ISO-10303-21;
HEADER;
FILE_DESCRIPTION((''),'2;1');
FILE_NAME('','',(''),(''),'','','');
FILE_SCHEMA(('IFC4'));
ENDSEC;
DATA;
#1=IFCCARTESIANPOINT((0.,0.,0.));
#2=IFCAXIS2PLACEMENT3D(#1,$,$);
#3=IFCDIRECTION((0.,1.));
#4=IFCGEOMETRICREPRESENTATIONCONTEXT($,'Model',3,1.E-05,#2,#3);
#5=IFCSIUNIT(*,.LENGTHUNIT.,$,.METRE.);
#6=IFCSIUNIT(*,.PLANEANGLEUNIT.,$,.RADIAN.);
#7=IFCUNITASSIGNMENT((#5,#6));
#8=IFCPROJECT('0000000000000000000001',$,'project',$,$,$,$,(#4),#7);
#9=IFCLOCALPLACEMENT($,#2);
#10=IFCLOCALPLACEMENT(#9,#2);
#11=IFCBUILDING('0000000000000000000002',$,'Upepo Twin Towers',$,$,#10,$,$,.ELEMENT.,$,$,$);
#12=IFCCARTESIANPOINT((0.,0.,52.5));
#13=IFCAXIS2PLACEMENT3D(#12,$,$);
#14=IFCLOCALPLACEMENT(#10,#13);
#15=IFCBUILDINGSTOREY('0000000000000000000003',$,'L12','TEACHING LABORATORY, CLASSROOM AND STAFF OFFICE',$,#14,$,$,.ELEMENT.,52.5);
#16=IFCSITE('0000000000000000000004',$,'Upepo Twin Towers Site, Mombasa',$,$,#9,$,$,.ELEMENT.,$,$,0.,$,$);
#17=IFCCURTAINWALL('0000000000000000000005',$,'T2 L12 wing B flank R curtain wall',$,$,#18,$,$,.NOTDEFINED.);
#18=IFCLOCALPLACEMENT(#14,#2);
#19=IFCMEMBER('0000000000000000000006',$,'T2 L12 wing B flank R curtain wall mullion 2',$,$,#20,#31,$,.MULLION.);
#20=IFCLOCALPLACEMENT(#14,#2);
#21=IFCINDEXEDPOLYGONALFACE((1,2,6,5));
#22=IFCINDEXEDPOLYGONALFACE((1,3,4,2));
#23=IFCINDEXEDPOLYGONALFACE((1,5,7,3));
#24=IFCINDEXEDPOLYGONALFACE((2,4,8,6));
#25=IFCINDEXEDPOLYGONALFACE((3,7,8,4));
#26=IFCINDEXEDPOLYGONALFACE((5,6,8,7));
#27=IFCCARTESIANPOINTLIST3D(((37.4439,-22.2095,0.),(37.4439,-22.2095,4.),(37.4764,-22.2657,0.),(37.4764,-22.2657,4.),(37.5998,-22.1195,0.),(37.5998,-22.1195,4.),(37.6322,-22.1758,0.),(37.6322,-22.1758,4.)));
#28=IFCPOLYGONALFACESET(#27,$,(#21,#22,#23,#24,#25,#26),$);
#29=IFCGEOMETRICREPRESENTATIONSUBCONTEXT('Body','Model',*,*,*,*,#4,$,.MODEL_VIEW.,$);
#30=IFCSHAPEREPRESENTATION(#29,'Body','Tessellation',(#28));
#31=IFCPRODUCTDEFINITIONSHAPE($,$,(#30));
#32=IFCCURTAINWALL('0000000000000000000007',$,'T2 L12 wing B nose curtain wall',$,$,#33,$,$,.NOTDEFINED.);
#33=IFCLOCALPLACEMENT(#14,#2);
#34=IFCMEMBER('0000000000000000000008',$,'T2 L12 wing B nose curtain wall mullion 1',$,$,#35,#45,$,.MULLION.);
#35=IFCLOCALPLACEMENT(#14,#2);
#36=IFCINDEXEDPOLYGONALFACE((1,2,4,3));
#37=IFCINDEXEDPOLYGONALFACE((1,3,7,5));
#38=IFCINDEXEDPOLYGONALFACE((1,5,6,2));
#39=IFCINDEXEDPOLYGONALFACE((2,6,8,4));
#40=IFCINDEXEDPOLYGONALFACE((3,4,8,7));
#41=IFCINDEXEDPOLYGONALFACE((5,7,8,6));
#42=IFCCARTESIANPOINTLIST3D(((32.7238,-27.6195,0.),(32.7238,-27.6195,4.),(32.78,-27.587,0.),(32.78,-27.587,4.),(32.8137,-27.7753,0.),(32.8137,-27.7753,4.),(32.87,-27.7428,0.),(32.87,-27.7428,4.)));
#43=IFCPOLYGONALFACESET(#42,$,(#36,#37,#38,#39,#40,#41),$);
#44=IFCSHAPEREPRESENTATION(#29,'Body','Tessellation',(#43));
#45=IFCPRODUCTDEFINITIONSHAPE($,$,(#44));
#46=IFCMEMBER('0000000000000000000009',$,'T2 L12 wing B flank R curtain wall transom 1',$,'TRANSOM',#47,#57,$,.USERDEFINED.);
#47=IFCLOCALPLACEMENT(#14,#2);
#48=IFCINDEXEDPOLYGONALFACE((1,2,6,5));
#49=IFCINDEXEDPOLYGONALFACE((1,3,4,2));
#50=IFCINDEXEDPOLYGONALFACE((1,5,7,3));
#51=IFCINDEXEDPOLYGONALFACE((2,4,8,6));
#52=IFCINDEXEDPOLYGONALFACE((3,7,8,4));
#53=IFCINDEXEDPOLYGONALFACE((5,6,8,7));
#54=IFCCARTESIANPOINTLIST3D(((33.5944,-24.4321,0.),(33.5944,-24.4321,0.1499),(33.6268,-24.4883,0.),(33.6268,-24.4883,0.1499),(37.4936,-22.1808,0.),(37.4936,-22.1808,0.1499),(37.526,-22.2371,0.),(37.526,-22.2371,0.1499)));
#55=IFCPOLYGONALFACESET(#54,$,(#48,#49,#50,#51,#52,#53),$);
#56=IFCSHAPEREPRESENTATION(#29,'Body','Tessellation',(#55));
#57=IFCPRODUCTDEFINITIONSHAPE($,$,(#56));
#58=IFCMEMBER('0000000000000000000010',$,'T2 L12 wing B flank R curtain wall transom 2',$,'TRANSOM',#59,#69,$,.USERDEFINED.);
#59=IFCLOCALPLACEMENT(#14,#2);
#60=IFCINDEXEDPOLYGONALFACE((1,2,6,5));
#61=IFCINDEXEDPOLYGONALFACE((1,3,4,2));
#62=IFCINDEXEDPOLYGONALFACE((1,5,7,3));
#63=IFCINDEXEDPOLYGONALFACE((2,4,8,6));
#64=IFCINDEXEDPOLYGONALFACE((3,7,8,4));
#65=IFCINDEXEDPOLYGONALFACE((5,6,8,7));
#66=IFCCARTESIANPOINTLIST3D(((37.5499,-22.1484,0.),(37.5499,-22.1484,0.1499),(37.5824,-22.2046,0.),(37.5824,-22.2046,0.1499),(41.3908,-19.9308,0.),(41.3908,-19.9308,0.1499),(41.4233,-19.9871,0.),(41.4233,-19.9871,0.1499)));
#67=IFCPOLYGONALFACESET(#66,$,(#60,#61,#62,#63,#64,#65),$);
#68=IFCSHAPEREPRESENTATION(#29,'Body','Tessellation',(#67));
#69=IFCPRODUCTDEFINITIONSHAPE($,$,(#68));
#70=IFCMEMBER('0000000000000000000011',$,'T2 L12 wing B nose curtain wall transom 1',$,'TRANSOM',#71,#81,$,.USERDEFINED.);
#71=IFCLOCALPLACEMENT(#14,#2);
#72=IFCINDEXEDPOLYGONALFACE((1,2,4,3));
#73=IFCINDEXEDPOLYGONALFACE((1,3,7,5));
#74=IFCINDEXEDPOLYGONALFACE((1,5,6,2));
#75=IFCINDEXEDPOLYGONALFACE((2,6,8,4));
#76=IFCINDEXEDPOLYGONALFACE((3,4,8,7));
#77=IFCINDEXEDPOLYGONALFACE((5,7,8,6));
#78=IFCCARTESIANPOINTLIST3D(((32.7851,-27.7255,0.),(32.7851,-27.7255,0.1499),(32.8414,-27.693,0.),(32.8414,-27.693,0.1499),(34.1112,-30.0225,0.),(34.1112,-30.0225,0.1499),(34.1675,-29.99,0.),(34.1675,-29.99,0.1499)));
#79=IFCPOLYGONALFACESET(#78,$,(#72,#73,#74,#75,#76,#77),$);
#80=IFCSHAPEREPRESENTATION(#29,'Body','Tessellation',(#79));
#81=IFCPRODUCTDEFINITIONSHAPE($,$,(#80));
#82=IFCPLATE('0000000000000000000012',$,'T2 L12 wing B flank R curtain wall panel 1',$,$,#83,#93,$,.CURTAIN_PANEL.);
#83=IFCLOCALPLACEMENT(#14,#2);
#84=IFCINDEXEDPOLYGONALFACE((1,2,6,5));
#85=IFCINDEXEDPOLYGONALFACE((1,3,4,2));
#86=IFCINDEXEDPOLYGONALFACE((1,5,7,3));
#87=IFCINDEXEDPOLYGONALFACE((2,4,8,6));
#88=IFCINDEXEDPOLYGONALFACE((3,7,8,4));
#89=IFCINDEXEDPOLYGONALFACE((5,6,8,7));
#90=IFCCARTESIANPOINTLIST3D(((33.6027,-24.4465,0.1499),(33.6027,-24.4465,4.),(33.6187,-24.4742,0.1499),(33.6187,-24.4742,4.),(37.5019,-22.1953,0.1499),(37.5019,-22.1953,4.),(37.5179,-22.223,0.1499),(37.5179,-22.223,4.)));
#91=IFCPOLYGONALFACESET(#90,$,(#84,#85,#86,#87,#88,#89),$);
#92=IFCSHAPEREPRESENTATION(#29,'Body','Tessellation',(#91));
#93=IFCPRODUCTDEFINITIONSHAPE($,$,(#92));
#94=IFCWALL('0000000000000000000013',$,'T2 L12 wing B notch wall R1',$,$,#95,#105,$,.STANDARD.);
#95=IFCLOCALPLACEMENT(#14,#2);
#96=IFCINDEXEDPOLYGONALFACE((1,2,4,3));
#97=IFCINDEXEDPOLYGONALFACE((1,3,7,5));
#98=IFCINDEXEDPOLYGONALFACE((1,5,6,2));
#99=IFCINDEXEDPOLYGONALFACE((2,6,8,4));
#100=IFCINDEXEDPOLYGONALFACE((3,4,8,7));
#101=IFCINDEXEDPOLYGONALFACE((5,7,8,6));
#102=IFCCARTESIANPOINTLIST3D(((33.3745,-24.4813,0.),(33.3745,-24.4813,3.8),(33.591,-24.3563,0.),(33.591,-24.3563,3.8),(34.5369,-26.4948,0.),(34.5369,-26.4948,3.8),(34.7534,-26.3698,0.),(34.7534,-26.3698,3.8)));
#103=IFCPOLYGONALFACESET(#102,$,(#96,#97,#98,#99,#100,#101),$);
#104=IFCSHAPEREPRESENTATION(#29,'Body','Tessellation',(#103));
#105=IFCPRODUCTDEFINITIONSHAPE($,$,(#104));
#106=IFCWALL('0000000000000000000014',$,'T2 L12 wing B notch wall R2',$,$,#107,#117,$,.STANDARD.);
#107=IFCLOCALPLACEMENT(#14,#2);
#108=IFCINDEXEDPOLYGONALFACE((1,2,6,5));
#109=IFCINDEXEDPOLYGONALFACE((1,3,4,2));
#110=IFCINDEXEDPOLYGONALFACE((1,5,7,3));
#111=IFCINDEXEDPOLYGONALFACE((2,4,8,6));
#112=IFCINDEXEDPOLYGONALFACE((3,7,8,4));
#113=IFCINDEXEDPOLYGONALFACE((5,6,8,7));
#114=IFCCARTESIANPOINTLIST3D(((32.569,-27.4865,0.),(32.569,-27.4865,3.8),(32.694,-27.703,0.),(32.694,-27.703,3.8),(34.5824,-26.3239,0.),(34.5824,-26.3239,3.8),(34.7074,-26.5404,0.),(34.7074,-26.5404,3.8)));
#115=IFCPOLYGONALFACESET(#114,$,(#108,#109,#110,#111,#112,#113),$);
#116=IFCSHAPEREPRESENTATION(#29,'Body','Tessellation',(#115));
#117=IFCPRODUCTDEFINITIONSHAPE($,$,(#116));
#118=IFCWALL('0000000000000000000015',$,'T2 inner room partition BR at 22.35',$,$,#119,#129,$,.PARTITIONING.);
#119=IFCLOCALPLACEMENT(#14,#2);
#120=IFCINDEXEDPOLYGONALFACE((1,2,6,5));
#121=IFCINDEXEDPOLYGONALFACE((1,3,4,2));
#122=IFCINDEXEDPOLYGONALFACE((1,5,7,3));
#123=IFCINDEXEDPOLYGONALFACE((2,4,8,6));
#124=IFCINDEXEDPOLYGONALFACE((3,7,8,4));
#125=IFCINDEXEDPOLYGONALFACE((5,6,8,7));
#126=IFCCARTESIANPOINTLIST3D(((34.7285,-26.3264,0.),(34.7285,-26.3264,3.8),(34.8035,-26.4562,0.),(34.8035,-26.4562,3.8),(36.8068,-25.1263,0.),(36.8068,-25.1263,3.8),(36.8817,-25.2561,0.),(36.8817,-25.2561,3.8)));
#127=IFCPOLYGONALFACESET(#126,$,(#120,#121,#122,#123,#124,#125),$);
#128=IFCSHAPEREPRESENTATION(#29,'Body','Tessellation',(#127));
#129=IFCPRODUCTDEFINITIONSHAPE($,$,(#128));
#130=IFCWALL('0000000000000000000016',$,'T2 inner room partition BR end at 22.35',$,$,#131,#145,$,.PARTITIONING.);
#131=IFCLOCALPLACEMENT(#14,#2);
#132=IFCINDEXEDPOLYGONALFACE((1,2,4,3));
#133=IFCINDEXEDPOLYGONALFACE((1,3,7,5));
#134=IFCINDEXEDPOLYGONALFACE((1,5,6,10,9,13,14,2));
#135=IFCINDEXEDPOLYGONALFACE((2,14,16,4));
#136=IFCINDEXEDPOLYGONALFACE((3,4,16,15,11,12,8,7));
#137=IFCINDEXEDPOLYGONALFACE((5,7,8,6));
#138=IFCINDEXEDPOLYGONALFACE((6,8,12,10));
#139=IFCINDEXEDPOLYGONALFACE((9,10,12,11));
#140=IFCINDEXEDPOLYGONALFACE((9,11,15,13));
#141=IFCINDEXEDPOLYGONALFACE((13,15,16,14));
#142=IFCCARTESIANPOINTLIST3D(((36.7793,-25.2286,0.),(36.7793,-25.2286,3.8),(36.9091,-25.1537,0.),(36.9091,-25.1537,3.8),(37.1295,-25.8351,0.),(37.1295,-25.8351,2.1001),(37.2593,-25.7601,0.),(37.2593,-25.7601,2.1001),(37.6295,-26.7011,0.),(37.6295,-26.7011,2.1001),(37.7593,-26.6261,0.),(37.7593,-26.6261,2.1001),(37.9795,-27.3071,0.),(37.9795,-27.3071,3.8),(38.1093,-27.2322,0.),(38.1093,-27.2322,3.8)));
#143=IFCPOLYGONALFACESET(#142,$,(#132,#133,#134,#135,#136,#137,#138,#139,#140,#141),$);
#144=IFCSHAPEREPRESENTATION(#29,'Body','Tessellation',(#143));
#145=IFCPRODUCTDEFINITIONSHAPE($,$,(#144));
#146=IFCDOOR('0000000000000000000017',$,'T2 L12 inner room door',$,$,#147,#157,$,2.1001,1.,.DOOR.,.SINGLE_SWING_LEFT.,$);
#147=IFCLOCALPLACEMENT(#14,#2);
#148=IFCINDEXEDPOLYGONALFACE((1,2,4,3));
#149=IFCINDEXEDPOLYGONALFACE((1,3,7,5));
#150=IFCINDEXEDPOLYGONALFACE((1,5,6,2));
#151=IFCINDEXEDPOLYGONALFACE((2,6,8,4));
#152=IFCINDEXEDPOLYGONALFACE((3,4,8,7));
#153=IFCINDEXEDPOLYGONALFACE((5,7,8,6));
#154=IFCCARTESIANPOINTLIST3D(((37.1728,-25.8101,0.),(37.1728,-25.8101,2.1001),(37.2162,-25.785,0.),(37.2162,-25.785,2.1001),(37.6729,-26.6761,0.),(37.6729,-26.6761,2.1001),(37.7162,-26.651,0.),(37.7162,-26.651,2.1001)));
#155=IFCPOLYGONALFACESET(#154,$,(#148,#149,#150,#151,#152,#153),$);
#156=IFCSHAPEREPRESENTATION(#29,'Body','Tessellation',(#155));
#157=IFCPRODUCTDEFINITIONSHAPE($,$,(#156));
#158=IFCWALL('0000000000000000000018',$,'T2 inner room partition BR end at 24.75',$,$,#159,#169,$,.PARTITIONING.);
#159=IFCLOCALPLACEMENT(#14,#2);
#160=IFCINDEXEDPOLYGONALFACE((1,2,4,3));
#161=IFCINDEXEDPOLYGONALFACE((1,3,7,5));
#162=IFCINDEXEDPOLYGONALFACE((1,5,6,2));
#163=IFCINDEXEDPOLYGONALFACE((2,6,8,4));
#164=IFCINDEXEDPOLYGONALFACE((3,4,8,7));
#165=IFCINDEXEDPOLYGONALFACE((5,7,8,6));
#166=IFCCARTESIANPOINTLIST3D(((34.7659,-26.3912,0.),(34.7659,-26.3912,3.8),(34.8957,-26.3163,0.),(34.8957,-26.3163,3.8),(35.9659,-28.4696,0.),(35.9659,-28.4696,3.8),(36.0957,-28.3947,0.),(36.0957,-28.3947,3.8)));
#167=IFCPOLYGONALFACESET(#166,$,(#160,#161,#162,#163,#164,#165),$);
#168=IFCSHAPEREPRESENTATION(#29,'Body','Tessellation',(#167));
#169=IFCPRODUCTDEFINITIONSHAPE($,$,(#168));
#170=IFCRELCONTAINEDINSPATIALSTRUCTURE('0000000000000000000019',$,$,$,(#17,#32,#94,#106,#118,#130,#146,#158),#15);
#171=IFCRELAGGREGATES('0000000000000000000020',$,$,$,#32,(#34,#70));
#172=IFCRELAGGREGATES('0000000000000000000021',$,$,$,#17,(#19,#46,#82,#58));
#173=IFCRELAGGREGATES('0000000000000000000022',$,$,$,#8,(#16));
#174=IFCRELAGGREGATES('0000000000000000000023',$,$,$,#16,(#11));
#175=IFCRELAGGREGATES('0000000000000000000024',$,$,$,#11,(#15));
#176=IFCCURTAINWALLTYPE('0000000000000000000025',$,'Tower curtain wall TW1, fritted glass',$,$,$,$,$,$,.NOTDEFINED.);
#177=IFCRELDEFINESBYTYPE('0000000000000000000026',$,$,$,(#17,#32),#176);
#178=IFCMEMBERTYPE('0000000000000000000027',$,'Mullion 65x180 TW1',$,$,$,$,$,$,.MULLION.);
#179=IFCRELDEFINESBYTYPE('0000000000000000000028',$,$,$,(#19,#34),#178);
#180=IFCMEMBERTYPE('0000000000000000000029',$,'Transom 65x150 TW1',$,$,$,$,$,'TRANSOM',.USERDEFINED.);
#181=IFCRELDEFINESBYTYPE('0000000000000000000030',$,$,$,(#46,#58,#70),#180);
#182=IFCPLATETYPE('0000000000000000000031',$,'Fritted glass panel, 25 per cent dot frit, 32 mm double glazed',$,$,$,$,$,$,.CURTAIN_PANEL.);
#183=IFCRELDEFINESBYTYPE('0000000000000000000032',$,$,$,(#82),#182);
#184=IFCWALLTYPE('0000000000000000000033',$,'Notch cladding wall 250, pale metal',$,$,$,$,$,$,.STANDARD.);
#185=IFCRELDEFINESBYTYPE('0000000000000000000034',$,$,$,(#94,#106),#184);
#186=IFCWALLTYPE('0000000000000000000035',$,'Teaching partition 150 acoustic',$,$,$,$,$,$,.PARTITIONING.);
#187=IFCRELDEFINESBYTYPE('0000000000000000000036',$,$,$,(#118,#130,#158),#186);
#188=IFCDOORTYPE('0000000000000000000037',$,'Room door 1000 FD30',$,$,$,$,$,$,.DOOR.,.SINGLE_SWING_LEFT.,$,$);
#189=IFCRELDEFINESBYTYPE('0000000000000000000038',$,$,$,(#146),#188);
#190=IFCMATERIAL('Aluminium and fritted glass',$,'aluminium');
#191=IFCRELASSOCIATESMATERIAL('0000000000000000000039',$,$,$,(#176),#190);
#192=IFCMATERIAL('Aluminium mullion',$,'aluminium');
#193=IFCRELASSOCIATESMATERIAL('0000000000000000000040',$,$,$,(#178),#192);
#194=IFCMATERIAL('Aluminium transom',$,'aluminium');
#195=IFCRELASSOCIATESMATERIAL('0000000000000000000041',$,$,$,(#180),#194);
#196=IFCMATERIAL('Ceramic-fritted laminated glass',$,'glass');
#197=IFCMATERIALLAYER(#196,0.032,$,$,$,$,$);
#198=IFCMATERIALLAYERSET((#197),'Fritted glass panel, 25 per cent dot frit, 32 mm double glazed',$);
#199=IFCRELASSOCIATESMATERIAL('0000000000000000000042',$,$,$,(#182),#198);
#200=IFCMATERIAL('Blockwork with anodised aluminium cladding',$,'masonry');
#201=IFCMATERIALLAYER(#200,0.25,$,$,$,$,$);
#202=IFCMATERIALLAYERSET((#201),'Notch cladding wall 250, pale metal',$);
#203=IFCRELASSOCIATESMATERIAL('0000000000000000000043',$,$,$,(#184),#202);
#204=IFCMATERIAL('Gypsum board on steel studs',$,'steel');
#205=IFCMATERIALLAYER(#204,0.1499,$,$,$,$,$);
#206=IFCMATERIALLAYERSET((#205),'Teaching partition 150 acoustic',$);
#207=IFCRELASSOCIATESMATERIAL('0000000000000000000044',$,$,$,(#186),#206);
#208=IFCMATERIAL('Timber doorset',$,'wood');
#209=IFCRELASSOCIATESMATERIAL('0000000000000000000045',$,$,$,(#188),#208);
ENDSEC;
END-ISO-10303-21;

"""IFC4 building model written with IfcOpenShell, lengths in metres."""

from ifc_helpers import new_model, si_unit, direction, frame, frame_2d, origin, origin_2d, place, context, subcontext, project, spatial, rectangle, extrude, material, layer, layer_set, material_profile, profile_set, type_object, element, fill, aggregate, save


model = new_model("IFC4")

# Units and contexts
model_context = context("Model", 3, precision=1e-05, world=origin(), true_north=direction((0.0, 1.0)))
body_context = subcontext(model_context, "Body", "Model", "MODEL_VIEW")
ifc_project = project(units=[si_unit("LENGTHUNIT", "METRE"), si_unit("PLANEANGLEUNIT", "RADIAN")], contexts=[model_context])

# Site, building, storey
site_placement = place(None, origin())
site = spatial("IfcSite", under=ifc_project, at=site_placement, Name="Upepo Twin Towers Site, Mombasa", CompositionType="ELEMENT", RefElevation=0.0)
building_placement = place(site_placement, origin())
building = spatial("IfcBuilding", under=site, at=building_placement, Name="Upepo Twin Towers", CompositionType="ELEMENT")
storey_placement = place(building_placement, frame((0.0, 0.0, 52.5)))
storey = spatial("IfcBuildingStorey", under=building, at=storey_placement, Name="L12", Description="TEACHING LABORATORY, CLASSROOM AND STAFF OFFICE", CompositionType="ELEMENT", Elevation=52.5)

# Curtain wall, member
ifc_material_1 = material(Name="Aluminium and fritted glass", Category="aluminium")
curtain_wall_type = type_object("IfcCurtainWallType", Name="Tower curtain wall TW1, fritted glass", PredefinedType="NOTDEFINED", material=ifc_material_1)
curtain_wall_1_placement = place(storey_placement, origin())
curtain_wall_1 = element("IfcCurtainWall", 1, at=curtain_wall_1_placement, inside=storey, type_object=curtain_wall_type, Name="T2 L12 wing B flank R curtain wall", PredefinedType="NOTDEFINED")
ifc_material_2 = material(Name="Aluminium mullion", Category="aluminium")
ifc_material_profile_1 = material_profile(ifc_material_2, rectangle(XDim=0.0649, YDim=0.1799, at=origin_2d()), Name="MULLION 65x180")
ifc_profile_set_1 = profile_set([ifc_material_profile_1], Name="Aluminium mullion")
member_type_1 = type_object("IfcMemberType", Name="Mullion 65x180 TW1", PredefinedType="MULLION", material=ifc_profile_set_1)
member_1_placement = place(storey_placement, frame((37.5381, -22.1926, 0.0), z_axis=(0.0, 0.0, 1.0), x_axis=(-0.5, 0.866025, 0.0)))
member_1 = element("IfcMember", 2, at=member_1_placement, type_object=member_type_1, Name="T2 L12 wing B flank R curtain wall mullion 2", PredefinedType="MULLION", context=body_context, shape_type="SweptSolid", body=[
    extrude(rectangle(XDim=0.0649, YDim=0.1799, at=origin_2d()), origin(), (0.0, 0.0, 1.0), 4.0),
])

# Curtain wall, member
curtain_wall_2_placement = place(storey_placement, origin())
curtain_wall_2 = element("IfcCurtainWall", 3, at=curtain_wall_2_placement, inside=storey, type_object=curtain_wall_type, Name="T2 L12 wing B nose curtain wall", PredefinedType="NOTDEFINED")
member_2_placement = place(storey_placement, frame((32.7969, -27.6812, 0.0), z_axis=(0.0, 0.0, 1.0), x_axis=(0.866025, 0.5, 0.0)))
member_2 = element("IfcMember", 4, at=member_2_placement, type_object=member_type_1, Name="T2 L12 wing B nose curtain wall mullion 1", PredefinedType="MULLION", context=body_context, shape_type="SweptSolid", body=[
    extrude(rectangle(XDim=0.0649, YDim=0.1799, at=origin_2d()), origin(), (0.0, 0.0, 1.0), 4.0),
])

# Members
ifc_material_3 = material(Name="Aluminium transom", Category="aluminium")
ifc_material_profile_2 = material_profile(ifc_material_3, rectangle(XDim=0.0649, YDim=0.1499, at=origin_2d()), Name="TRANSOM 65x150")
ifc_profile_set_2 = profile_set([ifc_material_profile_2], Name="Aluminium transom")
member_type_2 = type_object("IfcMemberType", Name="Transom 65x150 TW1", ElementType="TRANSOM", PredefinedType="USERDEFINED", material=ifc_profile_set_2)
member_3_placement = place(storey_placement, frame((33.6106, -24.4602, 0.075), z_axis=(0.866022, 0.500006, 0.0), x_axis=(-0.500006, 0.866022, 0.0)))
member_3 = element("IfcMember", 5, at=member_3_placement, type_object=member_type_2, Name="T2 L12 wing B flank R curtain wall transom 1", ObjectType="TRANSOM", PredefinedType="USERDEFINED", context=body_context, shape_type="SweptSolid", body=[
    extrude(rectangle(XDim=0.0649, YDim=0.1499, at=origin_2d()), origin(), (0.0, 0.0, 1.0), 4.5024),
])
member_4_placement = place(storey_placement, frame((37.5662, -22.1765, 0.075), z_axis=(0.866022, 0.500005, 0.0), x_axis=(-0.500005, 0.866022, 0.0)))
member_4 = element("IfcMember", 6, at=member_4_placement, type_object=member_type_2, Name="T2 L12 wing B flank R curtain wall transom 2", ObjectType="TRANSOM", PredefinedType="USERDEFINED", context=body_context, shape_type="SweptSolid", body=[
    extrude(rectangle(XDim=0.0649, YDim=0.1499, at=origin_2d()), origin(), (0.0, 0.0, 1.0), 4.4351),
])
member_5_placement = place(storey_placement, frame((32.8132, -27.7092, 0.075), z_axis=(0.49998, -0.866037, 0.0), x_axis=(0.866037, 0.49998, 0.0)))
member_5 = element("IfcMember", 7, at=member_5_placement, type_object=member_type_2, Name="T2 L12 wing B nose curtain wall transom 1", ObjectType="TRANSOM", PredefinedType="USERDEFINED", context=body_context, shape_type="SweptSolid", body=[
    extrude(rectangle(XDim=0.0649, YDim=0.1499, at=origin_2d()), origin(), (0.0, 0.0, 1.0), 2.6523),
])
aggregate(curtain_wall_2, [member_2, member_5])

# Plate
ifc_material_4 = material(Name="Ceramic-fritted laminated glass", Category="glass")
ifc_layer_1 = layer(ifc_material_4, 0.032)
ifc_layer_set_1 = layer_set([ifc_layer_1], Name="Fritted glass panel, 25 per cent dot frit, 32 mm double glazed")
plate_type = type_object("IfcPlateType", Name="Fritted glass panel, 25 per cent dot frit, 32 mm double glazed", PredefinedType="CURTAIN_PANEL", material=ifc_layer_set_1)
plate_placement = place(storey_placement, frame((35.5603, -23.3347, 0.1499), z_axis=(0.0, 0.0, 1.0), x_axis=(0.866025, 0.5, 0.0)))
plate = element("IfcPlate", 8, at=plate_placement, type_object=plate_type, Name="T2 L12 wing B flank R curtain wall panel 1", PredefinedType="CURTAIN_PANEL", context=body_context, shape_type="SweptSolid", body=[
    extrude(rectangle(XDim=4.5024, YDim=0.032, at=origin_2d()), origin(), (0.0, 0.0, 1.0), 3.8501),
])
aggregate(curtain_wall_1, [member_1, member_3, plate, member_4])

# Walls
ifc_material_5 = material(Name="Blockwork with anodised aluminium cladding", Category="masonry")
ifc_layer_2 = layer(ifc_material_5, 0.25)
ifc_layer_set_2 = layer_set([ifc_layer_2], Name="Notch cladding wall 250, pale metal")
wall_type_1 = type_object("IfcWallType", Name="Notch cladding wall 250, pale metal", PredefinedType="STANDARD", material=ifc_layer_set_2)
for number, where, z_axis, x_axis, name in (
    (9, (33.4827, -24.4187, 0.0), (0.0, 0.0, 1.0), (0.499968, -0.866044, 0.0), "T2 L12 wing B notch wall R1"),
    (10, (34.645, -26.4321, 0.0), (0.0, 0.0, 1.0), (-0.865998, -0.500047, 0.0), "T2 L12 wing B notch wall R2"),
):
    element("IfcWall", number, at=place(storey_placement, frame(where, z_axis=z_axis, x_axis=x_axis)), inside=storey, type_object=wall_type_1, Name=name, PredefinedType="STANDARD", context=body_context, shape_type="SweptSolid", body=[
        extrude(rectangle(XDim=2.325, YDim=0.25, at=frame_2d((1.1626, 0.0))), origin(), (0.0, 0.0, 1.0), 3.8),
    ])
ifc_material_6 = material(Name="Gypsum board on steel studs", Category="steel")
ifc_layer_3 = layer(ifc_material_6, 0.1499)
ifc_layer_set_3 = layer_set([ifc_layer_3], Name="Teaching partition 150 acoustic")
wall_type_2 = type_object("IfcWallType", Name="Teaching partition 150 acoustic", PredefinedType="PARTITIONING", material=ifc_layer_set_3)
wall_1_placement = place(storey_placement, frame((36.8442, -25.1912, 0.0), z_axis=(0.0, 0.0, 1.0), x_axis=(-0.865981, -0.500078, 0.0)))
element("IfcWall", 11, at=wall_1_placement, inside=storey, type_object=wall_type_2, Name="T2 inner room partition BR at 22.35", PredefinedType="PARTITIONING", context=body_context, shape_type="SweptSolid", body=[
    extrude(rectangle(XDim=2.3999, YDim=0.1499, at=frame_2d((1.2, 0.0))), origin(), (0.0, 0.0, 1.0), 3.8),
])

# Wall, opening, door
wall_2_placement = place(storey_placement, frame((38.0444, -27.2698, 0.0), z_axis=(0.0, 0.0, 1.0), x_axis=(-0.500034, 0.866006, 0.0)))
wall_2 = element("IfcWall", 12, at=wall_2_placement, inside=storey, type_object=wall_type_2, Name="T2 inner room partition BR end at 22.35", PredefinedType="PARTITIONING", context=body_context, shape_type="SweptSolid", body=[
    extrude(rectangle(XDim=2.4001, YDim=0.1499, at=frame_2d((1.2002, 0.0))), origin(), (0.0, 0.0, 1.0), 3.8),
])
opening_1_placement = place(wall_2_placement, frame((0.7, 0.0, 0.0)))
opening_1 = element("IfcOpeningElement", 13, at=opening_1_placement, cuts=wall_2, PredefinedType="OPENING", context=body_context, shape_type="SweptSolid", body=[
    extrude(rectangle(XDim=1.0, YDim=2.1001, at=frame_2d((0.5, 1.05))), frame((0.0, 0.085, 0.0), z_axis=(0.0, -1.0, 0.0), x_axis=(1.0, 0.0, 0.0)), (0.0, 0.0, 1.0), 0.1699),
])
ifc_material_7 = material(Name="Timber doorset", Category="wood")
door_type = type_object("IfcDoorType", Name="Room door 1000 FD30", OperationType="SINGLE_SWING_LEFT", PredefinedType="DOOR", material=ifc_material_7)
door_1_placement = place(opening_1_placement, origin())
door_1 = element("IfcDoor", 14, at=door_1_placement, inside=storey, type_object=door_type, Name="T2 L12 inner room door", OperationType="SINGLE_SWING_LEFT", OverallHeight=2.1001, OverallWidth=1.0, PredefinedType="DOOR", context=body_context, shape_type="SweptSolid", body=[
    extrude(rectangle(XDim=1.0, YDim=2.1001, at=frame_2d((0.5, 1.05))), frame((0.0, 0.0249, 0.0), z_axis=(0.0, -1.0, 0.0), x_axis=(1.0, 0.0, 0.0)), (0.0, 0.0, 1.0), 0.05),
])
fill(opening_1, door_1)

# Wall
wall_3_placement = place(storey_placement, frame((36.0308, -28.4321, 0.0), z_axis=(0.0, 0.0, 1.0), x_axis=(-0.500001, 0.866025, 0.0)))
element("IfcWall", 15, at=wall_3_placement, inside=storey, type_object=wall_type_2, Name="T2 inner room partition BR end at 24.75", PredefinedType="PARTITIONING", context=body_context, shape_type="SweptSolid", body=[
    extrude(rectangle(XDim=2.3999, YDim=0.1499, at=frame_2d((1.2, 0.0))), origin(), (0.0, 0.0, 1.0), 3.8),
])

save(model, "model.ifc")
